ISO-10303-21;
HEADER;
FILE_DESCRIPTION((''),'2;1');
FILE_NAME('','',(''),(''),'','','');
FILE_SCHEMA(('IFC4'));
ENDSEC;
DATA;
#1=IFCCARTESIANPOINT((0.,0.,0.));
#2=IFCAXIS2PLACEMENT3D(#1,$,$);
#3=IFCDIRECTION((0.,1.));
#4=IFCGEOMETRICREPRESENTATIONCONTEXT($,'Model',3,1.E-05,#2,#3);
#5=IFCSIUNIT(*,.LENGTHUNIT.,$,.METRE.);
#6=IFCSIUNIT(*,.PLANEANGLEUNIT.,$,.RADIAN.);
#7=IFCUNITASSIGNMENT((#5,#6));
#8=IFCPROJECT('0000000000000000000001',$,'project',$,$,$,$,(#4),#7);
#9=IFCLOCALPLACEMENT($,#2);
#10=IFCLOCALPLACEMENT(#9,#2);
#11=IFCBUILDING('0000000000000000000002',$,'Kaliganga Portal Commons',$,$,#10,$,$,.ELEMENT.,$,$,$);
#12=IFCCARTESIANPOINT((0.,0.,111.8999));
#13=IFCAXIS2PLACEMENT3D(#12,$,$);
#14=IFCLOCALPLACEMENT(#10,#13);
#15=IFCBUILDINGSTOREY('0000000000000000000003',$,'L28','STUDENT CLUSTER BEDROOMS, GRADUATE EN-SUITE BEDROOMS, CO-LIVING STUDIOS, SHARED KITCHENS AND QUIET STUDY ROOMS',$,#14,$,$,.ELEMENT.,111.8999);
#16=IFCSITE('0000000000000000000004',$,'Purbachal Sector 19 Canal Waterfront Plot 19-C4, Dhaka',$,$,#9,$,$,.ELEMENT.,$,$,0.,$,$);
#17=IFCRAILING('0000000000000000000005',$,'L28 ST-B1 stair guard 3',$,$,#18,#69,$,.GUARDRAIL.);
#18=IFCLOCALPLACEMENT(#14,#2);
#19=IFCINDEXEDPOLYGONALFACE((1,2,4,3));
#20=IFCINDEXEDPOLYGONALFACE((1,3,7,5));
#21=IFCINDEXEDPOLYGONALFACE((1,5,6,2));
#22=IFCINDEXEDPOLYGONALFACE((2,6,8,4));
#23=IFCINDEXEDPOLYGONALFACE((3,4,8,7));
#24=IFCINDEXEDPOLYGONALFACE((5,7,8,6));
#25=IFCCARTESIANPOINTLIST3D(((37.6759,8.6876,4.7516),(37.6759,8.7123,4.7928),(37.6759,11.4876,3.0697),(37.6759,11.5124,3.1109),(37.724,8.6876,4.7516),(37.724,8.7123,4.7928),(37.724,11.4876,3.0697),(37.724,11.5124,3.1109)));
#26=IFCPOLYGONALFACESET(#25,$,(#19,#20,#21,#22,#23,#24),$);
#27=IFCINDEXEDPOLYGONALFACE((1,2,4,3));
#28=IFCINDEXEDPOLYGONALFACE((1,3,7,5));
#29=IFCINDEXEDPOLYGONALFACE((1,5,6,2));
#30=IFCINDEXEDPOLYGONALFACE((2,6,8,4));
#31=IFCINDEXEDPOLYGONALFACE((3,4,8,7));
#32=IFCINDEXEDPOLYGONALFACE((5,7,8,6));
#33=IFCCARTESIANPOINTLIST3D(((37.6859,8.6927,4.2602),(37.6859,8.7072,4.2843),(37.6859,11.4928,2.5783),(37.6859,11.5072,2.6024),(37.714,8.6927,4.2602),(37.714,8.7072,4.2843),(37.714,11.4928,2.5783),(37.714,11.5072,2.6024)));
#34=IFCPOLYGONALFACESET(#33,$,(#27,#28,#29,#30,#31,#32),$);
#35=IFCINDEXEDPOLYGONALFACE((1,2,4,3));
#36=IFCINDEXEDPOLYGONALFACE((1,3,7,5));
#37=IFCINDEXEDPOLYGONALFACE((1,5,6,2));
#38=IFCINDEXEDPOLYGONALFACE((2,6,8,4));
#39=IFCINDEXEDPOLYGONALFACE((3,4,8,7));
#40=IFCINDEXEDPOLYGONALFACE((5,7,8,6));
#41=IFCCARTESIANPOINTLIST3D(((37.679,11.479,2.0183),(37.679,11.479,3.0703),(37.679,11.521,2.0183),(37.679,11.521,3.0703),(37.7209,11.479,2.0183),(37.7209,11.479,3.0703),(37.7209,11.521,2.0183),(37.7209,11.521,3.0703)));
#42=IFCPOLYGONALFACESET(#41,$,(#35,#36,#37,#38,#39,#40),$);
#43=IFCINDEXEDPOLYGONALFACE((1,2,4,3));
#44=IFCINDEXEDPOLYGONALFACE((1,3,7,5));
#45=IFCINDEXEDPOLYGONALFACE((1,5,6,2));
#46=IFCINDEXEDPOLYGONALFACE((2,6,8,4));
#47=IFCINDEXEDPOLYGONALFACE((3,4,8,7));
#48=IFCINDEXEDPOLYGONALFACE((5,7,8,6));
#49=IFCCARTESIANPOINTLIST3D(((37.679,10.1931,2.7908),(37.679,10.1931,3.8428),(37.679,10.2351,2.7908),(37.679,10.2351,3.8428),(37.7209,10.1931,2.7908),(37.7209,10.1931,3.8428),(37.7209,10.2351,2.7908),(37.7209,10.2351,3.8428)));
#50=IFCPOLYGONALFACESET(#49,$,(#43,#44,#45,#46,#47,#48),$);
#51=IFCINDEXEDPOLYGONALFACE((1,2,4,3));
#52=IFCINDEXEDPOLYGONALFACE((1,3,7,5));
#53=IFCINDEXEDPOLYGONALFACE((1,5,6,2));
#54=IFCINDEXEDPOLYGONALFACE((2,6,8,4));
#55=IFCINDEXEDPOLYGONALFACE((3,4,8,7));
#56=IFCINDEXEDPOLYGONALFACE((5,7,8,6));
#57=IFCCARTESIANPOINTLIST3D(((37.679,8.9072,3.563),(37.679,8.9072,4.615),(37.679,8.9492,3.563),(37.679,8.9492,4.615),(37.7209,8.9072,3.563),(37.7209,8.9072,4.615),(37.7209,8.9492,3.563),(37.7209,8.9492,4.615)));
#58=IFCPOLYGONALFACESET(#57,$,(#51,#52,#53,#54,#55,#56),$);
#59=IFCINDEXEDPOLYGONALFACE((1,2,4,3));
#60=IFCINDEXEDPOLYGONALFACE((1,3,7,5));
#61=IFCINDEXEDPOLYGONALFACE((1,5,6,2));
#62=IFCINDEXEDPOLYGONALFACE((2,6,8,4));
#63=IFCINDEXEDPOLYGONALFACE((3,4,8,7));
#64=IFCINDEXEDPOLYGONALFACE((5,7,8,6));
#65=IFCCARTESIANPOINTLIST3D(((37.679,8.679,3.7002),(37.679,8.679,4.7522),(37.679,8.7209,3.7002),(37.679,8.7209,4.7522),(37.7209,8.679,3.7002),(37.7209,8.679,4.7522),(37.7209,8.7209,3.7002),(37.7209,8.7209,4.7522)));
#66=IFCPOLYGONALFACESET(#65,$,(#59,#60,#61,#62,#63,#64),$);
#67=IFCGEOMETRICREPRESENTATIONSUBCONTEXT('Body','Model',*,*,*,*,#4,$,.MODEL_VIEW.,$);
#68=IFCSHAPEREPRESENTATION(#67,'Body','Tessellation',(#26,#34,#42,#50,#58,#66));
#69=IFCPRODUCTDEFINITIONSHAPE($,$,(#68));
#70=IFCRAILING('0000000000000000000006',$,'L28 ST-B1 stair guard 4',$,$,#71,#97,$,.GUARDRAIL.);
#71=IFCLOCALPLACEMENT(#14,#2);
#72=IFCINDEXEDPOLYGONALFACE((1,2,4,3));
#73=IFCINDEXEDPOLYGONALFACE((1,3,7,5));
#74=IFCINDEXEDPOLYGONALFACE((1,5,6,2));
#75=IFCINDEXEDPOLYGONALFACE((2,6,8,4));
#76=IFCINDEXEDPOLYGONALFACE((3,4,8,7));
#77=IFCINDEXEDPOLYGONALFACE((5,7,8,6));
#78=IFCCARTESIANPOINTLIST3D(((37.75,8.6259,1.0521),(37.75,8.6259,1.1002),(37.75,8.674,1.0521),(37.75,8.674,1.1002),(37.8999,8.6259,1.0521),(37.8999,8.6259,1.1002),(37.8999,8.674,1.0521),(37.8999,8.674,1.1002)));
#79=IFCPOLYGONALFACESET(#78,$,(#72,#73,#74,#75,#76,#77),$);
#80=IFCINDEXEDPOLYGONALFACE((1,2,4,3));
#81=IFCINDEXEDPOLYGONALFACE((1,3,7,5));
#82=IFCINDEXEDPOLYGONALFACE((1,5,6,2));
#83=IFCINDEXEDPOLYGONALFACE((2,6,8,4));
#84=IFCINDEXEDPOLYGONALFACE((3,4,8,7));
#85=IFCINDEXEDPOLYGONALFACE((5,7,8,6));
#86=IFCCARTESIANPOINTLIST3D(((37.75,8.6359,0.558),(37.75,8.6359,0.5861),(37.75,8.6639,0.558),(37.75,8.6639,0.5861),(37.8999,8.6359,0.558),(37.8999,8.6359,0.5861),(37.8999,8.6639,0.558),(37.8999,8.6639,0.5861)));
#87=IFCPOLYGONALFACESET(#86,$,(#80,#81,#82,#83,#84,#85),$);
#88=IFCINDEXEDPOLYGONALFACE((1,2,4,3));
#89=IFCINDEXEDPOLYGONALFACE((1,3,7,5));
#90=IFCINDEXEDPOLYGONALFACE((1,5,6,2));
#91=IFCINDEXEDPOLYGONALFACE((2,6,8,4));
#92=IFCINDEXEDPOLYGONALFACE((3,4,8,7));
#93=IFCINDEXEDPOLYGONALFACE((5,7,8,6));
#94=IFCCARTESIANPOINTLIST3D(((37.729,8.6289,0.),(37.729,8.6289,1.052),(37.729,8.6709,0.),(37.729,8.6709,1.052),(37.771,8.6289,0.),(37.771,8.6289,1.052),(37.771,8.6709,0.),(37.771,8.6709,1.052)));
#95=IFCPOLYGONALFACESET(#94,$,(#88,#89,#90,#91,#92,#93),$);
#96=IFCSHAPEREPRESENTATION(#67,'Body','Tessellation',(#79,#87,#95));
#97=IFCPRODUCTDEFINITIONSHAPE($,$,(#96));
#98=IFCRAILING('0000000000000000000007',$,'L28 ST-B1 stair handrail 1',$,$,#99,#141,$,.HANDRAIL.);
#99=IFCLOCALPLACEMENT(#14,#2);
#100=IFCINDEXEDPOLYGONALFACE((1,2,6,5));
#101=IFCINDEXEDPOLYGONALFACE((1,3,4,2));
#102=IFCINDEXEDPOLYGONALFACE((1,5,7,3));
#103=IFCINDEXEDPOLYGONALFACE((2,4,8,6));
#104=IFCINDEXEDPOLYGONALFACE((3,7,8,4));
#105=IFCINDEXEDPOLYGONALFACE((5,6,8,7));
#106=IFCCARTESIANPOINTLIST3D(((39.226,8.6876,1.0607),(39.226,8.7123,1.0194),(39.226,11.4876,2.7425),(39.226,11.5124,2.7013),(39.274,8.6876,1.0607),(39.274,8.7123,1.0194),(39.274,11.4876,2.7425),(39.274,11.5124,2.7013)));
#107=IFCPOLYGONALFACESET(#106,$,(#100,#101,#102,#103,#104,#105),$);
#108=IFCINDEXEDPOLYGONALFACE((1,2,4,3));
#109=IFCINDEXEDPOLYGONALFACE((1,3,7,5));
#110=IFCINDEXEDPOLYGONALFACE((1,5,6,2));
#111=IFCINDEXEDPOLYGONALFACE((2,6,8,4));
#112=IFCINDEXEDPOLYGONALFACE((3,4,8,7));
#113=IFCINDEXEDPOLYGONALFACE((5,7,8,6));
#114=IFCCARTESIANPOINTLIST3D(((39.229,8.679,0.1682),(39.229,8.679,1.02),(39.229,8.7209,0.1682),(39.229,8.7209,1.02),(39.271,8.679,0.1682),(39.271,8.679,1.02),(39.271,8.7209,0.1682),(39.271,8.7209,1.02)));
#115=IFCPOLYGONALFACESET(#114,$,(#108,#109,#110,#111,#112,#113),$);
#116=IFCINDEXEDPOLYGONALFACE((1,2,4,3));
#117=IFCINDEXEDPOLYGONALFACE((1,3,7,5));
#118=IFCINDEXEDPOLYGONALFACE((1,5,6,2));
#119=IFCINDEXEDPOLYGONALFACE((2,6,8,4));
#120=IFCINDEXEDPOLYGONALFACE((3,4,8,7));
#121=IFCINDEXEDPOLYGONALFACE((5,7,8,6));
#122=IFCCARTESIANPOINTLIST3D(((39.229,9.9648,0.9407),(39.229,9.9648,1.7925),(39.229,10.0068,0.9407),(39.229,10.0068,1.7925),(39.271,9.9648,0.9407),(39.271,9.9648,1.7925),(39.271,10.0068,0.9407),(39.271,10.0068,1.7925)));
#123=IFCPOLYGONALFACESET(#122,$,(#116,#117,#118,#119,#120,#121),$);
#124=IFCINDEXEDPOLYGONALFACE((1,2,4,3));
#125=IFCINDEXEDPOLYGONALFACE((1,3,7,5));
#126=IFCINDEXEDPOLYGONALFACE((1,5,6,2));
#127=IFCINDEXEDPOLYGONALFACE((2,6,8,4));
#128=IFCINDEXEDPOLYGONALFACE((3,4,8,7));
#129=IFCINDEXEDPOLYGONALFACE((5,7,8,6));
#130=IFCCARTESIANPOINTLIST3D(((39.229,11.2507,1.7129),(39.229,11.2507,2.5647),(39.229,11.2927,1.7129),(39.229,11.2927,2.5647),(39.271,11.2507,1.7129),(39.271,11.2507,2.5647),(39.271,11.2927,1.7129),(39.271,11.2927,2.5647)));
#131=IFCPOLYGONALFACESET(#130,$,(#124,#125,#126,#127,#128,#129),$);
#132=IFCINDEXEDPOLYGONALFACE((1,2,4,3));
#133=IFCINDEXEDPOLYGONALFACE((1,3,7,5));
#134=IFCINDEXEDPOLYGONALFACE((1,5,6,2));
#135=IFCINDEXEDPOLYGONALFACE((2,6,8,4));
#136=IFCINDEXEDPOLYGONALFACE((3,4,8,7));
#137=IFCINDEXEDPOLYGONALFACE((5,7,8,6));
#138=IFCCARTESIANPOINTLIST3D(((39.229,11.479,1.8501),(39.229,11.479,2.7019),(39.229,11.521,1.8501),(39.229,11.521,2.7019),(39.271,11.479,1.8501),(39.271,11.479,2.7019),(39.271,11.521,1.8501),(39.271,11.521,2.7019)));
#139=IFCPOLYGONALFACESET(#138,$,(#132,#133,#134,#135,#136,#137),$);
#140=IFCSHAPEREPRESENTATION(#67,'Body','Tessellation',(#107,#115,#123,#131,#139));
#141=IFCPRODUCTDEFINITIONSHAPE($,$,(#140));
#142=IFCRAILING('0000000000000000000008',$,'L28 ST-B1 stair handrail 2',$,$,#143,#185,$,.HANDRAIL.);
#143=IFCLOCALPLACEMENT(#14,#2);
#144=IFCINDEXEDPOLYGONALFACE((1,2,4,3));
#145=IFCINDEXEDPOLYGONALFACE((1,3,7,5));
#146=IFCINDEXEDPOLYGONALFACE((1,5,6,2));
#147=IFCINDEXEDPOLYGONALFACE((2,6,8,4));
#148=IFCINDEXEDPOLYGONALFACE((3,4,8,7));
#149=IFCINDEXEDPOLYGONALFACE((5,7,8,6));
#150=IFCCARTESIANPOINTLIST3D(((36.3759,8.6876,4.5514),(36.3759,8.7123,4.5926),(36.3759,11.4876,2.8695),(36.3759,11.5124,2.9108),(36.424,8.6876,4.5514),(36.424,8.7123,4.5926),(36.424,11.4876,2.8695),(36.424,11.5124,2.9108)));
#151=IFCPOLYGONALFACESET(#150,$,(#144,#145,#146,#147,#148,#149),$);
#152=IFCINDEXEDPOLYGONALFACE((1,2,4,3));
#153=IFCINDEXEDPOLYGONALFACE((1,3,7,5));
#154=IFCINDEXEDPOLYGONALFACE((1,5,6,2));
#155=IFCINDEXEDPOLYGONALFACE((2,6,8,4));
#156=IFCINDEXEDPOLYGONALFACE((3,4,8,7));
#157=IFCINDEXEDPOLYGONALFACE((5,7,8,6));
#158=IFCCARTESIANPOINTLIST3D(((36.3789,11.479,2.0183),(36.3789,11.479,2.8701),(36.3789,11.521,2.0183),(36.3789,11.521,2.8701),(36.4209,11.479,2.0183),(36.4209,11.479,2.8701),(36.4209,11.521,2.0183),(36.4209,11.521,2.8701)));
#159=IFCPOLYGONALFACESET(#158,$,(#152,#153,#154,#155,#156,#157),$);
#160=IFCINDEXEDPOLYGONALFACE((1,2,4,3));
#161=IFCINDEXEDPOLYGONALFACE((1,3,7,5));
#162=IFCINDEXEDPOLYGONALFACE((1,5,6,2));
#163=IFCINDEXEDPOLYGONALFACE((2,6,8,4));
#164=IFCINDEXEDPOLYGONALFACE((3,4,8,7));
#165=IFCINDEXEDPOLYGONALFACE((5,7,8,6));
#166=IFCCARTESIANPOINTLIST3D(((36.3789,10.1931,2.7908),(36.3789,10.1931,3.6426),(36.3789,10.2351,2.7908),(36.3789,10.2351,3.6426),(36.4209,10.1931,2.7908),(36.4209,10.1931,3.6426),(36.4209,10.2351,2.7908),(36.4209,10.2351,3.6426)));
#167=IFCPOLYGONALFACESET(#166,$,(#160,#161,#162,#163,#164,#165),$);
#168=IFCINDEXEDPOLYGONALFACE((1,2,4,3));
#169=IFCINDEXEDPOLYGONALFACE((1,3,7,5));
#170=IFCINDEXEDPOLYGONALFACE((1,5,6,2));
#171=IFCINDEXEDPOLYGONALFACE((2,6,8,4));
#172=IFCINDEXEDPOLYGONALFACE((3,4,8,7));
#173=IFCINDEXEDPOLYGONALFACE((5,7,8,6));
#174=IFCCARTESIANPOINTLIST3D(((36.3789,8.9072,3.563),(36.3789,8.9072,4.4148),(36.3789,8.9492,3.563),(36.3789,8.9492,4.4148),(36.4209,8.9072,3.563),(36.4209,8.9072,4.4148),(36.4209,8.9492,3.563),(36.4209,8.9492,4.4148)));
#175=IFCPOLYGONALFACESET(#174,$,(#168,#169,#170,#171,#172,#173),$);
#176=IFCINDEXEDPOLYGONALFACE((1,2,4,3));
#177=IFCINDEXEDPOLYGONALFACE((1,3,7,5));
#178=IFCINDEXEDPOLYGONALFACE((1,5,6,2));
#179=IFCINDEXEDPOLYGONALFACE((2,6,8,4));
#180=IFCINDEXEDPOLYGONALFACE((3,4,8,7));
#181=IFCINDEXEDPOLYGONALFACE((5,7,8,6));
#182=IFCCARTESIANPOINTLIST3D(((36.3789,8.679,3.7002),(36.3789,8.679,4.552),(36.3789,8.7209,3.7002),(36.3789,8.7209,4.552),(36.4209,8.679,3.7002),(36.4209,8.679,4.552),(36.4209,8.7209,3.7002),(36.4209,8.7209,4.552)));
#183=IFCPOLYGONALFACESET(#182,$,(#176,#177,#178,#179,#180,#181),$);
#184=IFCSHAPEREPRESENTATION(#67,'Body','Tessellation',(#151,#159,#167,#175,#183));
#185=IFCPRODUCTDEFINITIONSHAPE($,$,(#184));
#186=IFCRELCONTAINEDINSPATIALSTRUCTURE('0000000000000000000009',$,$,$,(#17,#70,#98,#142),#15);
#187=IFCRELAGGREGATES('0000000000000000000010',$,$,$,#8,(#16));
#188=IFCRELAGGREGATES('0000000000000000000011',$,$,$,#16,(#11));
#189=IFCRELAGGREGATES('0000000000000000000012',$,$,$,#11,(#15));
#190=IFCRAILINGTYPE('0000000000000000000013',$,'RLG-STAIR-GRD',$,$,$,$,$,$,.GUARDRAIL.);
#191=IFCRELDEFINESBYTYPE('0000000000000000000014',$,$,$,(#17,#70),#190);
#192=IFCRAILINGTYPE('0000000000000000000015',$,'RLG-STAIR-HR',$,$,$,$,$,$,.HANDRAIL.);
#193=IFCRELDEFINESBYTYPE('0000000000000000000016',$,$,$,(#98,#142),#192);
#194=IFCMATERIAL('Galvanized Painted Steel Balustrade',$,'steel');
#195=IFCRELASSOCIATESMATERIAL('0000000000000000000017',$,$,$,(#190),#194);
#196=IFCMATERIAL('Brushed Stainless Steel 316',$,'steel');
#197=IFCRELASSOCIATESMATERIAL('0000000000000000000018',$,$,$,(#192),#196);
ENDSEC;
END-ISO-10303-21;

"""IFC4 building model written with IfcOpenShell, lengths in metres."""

from ifc_helpers import new_model, si_unit, direction, frame, origin, origin_2d, place, context, subcontext, project, spatial, rectangle, extrude, material, type_object, element, save


model = new_model("IFC4")

# Units and contexts
model_context = context("Model", 3, precision=1e-05, world=origin(), true_north=direction((0.0, 1.0)))
body_context = subcontext(model_context, "Body", "Model", "MODEL_VIEW")
ifc_project = project(units=[si_unit("LENGTHUNIT", "METRE"), si_unit("PLANEANGLEUNIT", "RADIAN")], contexts=[model_context])

# Site, building, storey
site_placement = place(None, origin())
site = spatial("IfcSite", under=ifc_project, at=site_placement, Name="Purbachal Sector 19 Canal Waterfront Plot 19-C4, Dhaka", CompositionType="ELEMENT", RefElevation=0.0)
building_placement = place(site_placement, origin())
building = spatial("IfcBuilding", under=site, at=building_placement, Name="Kaliganga Portal Commons", CompositionType="ELEMENT")
storey_placement = place(building_placement, frame((0.0, 0.0, 111.8999)))
storey = spatial("IfcBuildingStorey", under=building, at=storey_placement, Name="L28", Description="STUDENT CLUSTER BEDROOMS, GRADUATE EN-SUITE BEDROOMS, CO-LIVING STUDIOS, SHARED KITCHENS AND QUIET STUDY ROOMS", CompositionType="ELEMENT", Elevation=111.8999)

# Railings
ifc_material_1 = material(Name="Galvanized Painted Steel Balustrade", Category="steel")
railing_type_1 = type_object("IfcRailingType", Name="RLG-STAIR-GRD", PredefinedType="GUARDRAIL", material=ifc_material_1)
railing_1_placement = place(storey_placement, frame((37.7, 11.5, 2.0183)))
element("IfcRailing", 1, at=railing_1_placement, inside=storey, type_object=railing_type_1, Name="L28 ST-B1 stair guard 3", PredefinedType="GUARDRAIL", context=body_context, shape_type="SweptSolid", body=[
    extrude(rectangle(XDim=0.0481, YDim=0.0481, at=origin_2d()), frame((0.0, 0.0, 1.072), z_axis=(0.0, -0.857242, 0.514913), x_axis=(1.0, 0.0, 0.0)), (0.0, 0.0, 1.0), 3.2664),
    extrude(rectangle(XDim=0.0281, YDim=0.0281, at=origin_2d()), frame((0.0, 0.0, 0.572), z_axis=(0.0, -0.857242, 0.514913), x_axis=(1.0, 0.0, 0.0)), (0.0, 0.0, 1.0), 3.2664),
    extrude(rectangle(XDim=0.042, YDim=0.042, at=origin_2d()), origin(), (0.0, 0.0, 1.0), 1.052),
    extrude(rectangle(XDim=0.042, YDim=0.042, at=origin_2d()), frame((0.0, -1.2859, 0.7725)), (0.0, 0.0, 1.0), 1.052),
    extrude(rectangle(XDim=0.042, YDim=0.042, at=origin_2d()), frame((0.0, -2.5718, 1.5447)), (0.0, 0.0, 1.0), 1.052),
    extrude(rectangle(XDim=0.042, YDim=0.042, at=origin_2d()), frame((0.0, -2.8, 1.6819)), (0.0, 0.0, 1.0), 1.052),
])
railing_2_placement = place(storey_placement, frame((37.8999, 8.6499, 0.0)))
element("IfcRailing", 2, at=railing_2_placement, inside=storey, type_object=railing_type_1, Name="L28 ST-B1 stair guard 4", PredefinedType="GUARDRAIL", context=body_context, shape_type="SweptSolid", body=[
    extrude(rectangle(XDim=0.0481, YDim=0.0481, at=origin_2d()), frame((0.0, 0.0, 1.0762), z_axis=(-1.0, 0.0, 0.0), x_axis=(0.0, -1.0, 0.0)), (0.0, 0.0, 1.0), 0.1499),
    extrude(rectangle(XDim=0.0281, YDim=0.0281, at=origin_2d()), frame((0.0, 0.0, 0.572), z_axis=(-1.0, 0.0, 0.0), x_axis=(0.0, -1.0, 0.0)), (0.0, 0.0, 1.0), 0.1499),
    extrude(rectangle(XDim=0.042, YDim=0.042, at=origin_2d()), frame((-0.1499, 0.0, 0.0)), (0.0, 0.0, 1.0), 1.052),
])
ifc_material_2 = material(Name="Brushed Stainless Steel 316", Category="steel")
railing_type_2 = type_object("IfcRailingType", Name="RLG-STAIR-HR", PredefinedType="HANDRAIL", material=ifc_material_2)
railing_3_placement = place(storey_placement, frame((39.25, 8.7, 0.1682)))
element("IfcRailing", 3, at=railing_3_placement, inside=storey, type_object=railing_type_2, Name="L28 ST-B1 stair handrail 1", PredefinedType="HANDRAIL", context=body_context, shape_type="SweptSolid", body=[
    extrude(rectangle(XDim=0.0481, YDim=0.0481, at=origin_2d()), frame((0.0, 0.0, 0.8718), z_axis=(0.0, 0.857242, 0.514913), x_axis=(-1.0, 0.0, 0.0)), (0.0, 0.0, 1.0), 3.2664),
    extrude(rectangle(XDim=0.042, YDim=0.042, at=origin_2d()), origin(), (0.0, 0.0, 1.0), 0.8518),
    extrude(rectangle(XDim=0.042, YDim=0.042, at=origin_2d()), frame((0.0, 1.2859, 0.7725)), (0.0, 0.0, 1.0), 0.8518),
    extrude(rectangle(XDim=0.042, YDim=0.042, at=origin_2d()), frame((0.0, 2.5718, 1.5447)), (0.0, 0.0, 1.0), 0.8518),
    extrude(rectangle(XDim=0.042, YDim=0.042, at=origin_2d()), frame((0.0, 2.8, 1.6819)), (0.0, 0.0, 1.0), 0.8518),
])
railing_4_placement = place(storey_placement, frame((36.3999, 11.5, 2.0183)))
element("IfcRailing", 4, at=railing_4_placement, inside=storey, type_object=railing_type_2, Name="L28 ST-B1 stair handrail 2", PredefinedType="HANDRAIL", context=body_context, shape_type="SweptSolid", body=[
    extrude(rectangle(XDim=0.0481, YDim=0.0481, at=origin_2d()), frame((0.0, 0.0, 0.8718), z_axis=(0.0, -0.857242, 0.514913), x_axis=(1.0, 0.0, 0.0)), (0.0, 0.0, 1.0), 3.2664),
    extrude(rectangle(XDim=0.042, YDim=0.042, at=origin_2d()), origin(), (0.0, 0.0, 1.0), 0.8518),
    extrude(rectangle(XDim=0.042, YDim=0.042, at=origin_2d()), frame((0.0, -1.2859, 0.7725)), (0.0, 0.0, 1.0), 0.8518),
    extrude(rectangle(XDim=0.042, YDim=0.042, at=origin_2d()), frame((0.0, -2.5718, 1.5447)), (0.0, 0.0, 1.0), 0.8518),
    extrude(rectangle(XDim=0.042, YDim=0.042, at=origin_2d()), frame((0.0, -2.8, 1.6819)), (0.0, 0.0, 1.0), 0.8518),
])

save(model, "model.ifc")
